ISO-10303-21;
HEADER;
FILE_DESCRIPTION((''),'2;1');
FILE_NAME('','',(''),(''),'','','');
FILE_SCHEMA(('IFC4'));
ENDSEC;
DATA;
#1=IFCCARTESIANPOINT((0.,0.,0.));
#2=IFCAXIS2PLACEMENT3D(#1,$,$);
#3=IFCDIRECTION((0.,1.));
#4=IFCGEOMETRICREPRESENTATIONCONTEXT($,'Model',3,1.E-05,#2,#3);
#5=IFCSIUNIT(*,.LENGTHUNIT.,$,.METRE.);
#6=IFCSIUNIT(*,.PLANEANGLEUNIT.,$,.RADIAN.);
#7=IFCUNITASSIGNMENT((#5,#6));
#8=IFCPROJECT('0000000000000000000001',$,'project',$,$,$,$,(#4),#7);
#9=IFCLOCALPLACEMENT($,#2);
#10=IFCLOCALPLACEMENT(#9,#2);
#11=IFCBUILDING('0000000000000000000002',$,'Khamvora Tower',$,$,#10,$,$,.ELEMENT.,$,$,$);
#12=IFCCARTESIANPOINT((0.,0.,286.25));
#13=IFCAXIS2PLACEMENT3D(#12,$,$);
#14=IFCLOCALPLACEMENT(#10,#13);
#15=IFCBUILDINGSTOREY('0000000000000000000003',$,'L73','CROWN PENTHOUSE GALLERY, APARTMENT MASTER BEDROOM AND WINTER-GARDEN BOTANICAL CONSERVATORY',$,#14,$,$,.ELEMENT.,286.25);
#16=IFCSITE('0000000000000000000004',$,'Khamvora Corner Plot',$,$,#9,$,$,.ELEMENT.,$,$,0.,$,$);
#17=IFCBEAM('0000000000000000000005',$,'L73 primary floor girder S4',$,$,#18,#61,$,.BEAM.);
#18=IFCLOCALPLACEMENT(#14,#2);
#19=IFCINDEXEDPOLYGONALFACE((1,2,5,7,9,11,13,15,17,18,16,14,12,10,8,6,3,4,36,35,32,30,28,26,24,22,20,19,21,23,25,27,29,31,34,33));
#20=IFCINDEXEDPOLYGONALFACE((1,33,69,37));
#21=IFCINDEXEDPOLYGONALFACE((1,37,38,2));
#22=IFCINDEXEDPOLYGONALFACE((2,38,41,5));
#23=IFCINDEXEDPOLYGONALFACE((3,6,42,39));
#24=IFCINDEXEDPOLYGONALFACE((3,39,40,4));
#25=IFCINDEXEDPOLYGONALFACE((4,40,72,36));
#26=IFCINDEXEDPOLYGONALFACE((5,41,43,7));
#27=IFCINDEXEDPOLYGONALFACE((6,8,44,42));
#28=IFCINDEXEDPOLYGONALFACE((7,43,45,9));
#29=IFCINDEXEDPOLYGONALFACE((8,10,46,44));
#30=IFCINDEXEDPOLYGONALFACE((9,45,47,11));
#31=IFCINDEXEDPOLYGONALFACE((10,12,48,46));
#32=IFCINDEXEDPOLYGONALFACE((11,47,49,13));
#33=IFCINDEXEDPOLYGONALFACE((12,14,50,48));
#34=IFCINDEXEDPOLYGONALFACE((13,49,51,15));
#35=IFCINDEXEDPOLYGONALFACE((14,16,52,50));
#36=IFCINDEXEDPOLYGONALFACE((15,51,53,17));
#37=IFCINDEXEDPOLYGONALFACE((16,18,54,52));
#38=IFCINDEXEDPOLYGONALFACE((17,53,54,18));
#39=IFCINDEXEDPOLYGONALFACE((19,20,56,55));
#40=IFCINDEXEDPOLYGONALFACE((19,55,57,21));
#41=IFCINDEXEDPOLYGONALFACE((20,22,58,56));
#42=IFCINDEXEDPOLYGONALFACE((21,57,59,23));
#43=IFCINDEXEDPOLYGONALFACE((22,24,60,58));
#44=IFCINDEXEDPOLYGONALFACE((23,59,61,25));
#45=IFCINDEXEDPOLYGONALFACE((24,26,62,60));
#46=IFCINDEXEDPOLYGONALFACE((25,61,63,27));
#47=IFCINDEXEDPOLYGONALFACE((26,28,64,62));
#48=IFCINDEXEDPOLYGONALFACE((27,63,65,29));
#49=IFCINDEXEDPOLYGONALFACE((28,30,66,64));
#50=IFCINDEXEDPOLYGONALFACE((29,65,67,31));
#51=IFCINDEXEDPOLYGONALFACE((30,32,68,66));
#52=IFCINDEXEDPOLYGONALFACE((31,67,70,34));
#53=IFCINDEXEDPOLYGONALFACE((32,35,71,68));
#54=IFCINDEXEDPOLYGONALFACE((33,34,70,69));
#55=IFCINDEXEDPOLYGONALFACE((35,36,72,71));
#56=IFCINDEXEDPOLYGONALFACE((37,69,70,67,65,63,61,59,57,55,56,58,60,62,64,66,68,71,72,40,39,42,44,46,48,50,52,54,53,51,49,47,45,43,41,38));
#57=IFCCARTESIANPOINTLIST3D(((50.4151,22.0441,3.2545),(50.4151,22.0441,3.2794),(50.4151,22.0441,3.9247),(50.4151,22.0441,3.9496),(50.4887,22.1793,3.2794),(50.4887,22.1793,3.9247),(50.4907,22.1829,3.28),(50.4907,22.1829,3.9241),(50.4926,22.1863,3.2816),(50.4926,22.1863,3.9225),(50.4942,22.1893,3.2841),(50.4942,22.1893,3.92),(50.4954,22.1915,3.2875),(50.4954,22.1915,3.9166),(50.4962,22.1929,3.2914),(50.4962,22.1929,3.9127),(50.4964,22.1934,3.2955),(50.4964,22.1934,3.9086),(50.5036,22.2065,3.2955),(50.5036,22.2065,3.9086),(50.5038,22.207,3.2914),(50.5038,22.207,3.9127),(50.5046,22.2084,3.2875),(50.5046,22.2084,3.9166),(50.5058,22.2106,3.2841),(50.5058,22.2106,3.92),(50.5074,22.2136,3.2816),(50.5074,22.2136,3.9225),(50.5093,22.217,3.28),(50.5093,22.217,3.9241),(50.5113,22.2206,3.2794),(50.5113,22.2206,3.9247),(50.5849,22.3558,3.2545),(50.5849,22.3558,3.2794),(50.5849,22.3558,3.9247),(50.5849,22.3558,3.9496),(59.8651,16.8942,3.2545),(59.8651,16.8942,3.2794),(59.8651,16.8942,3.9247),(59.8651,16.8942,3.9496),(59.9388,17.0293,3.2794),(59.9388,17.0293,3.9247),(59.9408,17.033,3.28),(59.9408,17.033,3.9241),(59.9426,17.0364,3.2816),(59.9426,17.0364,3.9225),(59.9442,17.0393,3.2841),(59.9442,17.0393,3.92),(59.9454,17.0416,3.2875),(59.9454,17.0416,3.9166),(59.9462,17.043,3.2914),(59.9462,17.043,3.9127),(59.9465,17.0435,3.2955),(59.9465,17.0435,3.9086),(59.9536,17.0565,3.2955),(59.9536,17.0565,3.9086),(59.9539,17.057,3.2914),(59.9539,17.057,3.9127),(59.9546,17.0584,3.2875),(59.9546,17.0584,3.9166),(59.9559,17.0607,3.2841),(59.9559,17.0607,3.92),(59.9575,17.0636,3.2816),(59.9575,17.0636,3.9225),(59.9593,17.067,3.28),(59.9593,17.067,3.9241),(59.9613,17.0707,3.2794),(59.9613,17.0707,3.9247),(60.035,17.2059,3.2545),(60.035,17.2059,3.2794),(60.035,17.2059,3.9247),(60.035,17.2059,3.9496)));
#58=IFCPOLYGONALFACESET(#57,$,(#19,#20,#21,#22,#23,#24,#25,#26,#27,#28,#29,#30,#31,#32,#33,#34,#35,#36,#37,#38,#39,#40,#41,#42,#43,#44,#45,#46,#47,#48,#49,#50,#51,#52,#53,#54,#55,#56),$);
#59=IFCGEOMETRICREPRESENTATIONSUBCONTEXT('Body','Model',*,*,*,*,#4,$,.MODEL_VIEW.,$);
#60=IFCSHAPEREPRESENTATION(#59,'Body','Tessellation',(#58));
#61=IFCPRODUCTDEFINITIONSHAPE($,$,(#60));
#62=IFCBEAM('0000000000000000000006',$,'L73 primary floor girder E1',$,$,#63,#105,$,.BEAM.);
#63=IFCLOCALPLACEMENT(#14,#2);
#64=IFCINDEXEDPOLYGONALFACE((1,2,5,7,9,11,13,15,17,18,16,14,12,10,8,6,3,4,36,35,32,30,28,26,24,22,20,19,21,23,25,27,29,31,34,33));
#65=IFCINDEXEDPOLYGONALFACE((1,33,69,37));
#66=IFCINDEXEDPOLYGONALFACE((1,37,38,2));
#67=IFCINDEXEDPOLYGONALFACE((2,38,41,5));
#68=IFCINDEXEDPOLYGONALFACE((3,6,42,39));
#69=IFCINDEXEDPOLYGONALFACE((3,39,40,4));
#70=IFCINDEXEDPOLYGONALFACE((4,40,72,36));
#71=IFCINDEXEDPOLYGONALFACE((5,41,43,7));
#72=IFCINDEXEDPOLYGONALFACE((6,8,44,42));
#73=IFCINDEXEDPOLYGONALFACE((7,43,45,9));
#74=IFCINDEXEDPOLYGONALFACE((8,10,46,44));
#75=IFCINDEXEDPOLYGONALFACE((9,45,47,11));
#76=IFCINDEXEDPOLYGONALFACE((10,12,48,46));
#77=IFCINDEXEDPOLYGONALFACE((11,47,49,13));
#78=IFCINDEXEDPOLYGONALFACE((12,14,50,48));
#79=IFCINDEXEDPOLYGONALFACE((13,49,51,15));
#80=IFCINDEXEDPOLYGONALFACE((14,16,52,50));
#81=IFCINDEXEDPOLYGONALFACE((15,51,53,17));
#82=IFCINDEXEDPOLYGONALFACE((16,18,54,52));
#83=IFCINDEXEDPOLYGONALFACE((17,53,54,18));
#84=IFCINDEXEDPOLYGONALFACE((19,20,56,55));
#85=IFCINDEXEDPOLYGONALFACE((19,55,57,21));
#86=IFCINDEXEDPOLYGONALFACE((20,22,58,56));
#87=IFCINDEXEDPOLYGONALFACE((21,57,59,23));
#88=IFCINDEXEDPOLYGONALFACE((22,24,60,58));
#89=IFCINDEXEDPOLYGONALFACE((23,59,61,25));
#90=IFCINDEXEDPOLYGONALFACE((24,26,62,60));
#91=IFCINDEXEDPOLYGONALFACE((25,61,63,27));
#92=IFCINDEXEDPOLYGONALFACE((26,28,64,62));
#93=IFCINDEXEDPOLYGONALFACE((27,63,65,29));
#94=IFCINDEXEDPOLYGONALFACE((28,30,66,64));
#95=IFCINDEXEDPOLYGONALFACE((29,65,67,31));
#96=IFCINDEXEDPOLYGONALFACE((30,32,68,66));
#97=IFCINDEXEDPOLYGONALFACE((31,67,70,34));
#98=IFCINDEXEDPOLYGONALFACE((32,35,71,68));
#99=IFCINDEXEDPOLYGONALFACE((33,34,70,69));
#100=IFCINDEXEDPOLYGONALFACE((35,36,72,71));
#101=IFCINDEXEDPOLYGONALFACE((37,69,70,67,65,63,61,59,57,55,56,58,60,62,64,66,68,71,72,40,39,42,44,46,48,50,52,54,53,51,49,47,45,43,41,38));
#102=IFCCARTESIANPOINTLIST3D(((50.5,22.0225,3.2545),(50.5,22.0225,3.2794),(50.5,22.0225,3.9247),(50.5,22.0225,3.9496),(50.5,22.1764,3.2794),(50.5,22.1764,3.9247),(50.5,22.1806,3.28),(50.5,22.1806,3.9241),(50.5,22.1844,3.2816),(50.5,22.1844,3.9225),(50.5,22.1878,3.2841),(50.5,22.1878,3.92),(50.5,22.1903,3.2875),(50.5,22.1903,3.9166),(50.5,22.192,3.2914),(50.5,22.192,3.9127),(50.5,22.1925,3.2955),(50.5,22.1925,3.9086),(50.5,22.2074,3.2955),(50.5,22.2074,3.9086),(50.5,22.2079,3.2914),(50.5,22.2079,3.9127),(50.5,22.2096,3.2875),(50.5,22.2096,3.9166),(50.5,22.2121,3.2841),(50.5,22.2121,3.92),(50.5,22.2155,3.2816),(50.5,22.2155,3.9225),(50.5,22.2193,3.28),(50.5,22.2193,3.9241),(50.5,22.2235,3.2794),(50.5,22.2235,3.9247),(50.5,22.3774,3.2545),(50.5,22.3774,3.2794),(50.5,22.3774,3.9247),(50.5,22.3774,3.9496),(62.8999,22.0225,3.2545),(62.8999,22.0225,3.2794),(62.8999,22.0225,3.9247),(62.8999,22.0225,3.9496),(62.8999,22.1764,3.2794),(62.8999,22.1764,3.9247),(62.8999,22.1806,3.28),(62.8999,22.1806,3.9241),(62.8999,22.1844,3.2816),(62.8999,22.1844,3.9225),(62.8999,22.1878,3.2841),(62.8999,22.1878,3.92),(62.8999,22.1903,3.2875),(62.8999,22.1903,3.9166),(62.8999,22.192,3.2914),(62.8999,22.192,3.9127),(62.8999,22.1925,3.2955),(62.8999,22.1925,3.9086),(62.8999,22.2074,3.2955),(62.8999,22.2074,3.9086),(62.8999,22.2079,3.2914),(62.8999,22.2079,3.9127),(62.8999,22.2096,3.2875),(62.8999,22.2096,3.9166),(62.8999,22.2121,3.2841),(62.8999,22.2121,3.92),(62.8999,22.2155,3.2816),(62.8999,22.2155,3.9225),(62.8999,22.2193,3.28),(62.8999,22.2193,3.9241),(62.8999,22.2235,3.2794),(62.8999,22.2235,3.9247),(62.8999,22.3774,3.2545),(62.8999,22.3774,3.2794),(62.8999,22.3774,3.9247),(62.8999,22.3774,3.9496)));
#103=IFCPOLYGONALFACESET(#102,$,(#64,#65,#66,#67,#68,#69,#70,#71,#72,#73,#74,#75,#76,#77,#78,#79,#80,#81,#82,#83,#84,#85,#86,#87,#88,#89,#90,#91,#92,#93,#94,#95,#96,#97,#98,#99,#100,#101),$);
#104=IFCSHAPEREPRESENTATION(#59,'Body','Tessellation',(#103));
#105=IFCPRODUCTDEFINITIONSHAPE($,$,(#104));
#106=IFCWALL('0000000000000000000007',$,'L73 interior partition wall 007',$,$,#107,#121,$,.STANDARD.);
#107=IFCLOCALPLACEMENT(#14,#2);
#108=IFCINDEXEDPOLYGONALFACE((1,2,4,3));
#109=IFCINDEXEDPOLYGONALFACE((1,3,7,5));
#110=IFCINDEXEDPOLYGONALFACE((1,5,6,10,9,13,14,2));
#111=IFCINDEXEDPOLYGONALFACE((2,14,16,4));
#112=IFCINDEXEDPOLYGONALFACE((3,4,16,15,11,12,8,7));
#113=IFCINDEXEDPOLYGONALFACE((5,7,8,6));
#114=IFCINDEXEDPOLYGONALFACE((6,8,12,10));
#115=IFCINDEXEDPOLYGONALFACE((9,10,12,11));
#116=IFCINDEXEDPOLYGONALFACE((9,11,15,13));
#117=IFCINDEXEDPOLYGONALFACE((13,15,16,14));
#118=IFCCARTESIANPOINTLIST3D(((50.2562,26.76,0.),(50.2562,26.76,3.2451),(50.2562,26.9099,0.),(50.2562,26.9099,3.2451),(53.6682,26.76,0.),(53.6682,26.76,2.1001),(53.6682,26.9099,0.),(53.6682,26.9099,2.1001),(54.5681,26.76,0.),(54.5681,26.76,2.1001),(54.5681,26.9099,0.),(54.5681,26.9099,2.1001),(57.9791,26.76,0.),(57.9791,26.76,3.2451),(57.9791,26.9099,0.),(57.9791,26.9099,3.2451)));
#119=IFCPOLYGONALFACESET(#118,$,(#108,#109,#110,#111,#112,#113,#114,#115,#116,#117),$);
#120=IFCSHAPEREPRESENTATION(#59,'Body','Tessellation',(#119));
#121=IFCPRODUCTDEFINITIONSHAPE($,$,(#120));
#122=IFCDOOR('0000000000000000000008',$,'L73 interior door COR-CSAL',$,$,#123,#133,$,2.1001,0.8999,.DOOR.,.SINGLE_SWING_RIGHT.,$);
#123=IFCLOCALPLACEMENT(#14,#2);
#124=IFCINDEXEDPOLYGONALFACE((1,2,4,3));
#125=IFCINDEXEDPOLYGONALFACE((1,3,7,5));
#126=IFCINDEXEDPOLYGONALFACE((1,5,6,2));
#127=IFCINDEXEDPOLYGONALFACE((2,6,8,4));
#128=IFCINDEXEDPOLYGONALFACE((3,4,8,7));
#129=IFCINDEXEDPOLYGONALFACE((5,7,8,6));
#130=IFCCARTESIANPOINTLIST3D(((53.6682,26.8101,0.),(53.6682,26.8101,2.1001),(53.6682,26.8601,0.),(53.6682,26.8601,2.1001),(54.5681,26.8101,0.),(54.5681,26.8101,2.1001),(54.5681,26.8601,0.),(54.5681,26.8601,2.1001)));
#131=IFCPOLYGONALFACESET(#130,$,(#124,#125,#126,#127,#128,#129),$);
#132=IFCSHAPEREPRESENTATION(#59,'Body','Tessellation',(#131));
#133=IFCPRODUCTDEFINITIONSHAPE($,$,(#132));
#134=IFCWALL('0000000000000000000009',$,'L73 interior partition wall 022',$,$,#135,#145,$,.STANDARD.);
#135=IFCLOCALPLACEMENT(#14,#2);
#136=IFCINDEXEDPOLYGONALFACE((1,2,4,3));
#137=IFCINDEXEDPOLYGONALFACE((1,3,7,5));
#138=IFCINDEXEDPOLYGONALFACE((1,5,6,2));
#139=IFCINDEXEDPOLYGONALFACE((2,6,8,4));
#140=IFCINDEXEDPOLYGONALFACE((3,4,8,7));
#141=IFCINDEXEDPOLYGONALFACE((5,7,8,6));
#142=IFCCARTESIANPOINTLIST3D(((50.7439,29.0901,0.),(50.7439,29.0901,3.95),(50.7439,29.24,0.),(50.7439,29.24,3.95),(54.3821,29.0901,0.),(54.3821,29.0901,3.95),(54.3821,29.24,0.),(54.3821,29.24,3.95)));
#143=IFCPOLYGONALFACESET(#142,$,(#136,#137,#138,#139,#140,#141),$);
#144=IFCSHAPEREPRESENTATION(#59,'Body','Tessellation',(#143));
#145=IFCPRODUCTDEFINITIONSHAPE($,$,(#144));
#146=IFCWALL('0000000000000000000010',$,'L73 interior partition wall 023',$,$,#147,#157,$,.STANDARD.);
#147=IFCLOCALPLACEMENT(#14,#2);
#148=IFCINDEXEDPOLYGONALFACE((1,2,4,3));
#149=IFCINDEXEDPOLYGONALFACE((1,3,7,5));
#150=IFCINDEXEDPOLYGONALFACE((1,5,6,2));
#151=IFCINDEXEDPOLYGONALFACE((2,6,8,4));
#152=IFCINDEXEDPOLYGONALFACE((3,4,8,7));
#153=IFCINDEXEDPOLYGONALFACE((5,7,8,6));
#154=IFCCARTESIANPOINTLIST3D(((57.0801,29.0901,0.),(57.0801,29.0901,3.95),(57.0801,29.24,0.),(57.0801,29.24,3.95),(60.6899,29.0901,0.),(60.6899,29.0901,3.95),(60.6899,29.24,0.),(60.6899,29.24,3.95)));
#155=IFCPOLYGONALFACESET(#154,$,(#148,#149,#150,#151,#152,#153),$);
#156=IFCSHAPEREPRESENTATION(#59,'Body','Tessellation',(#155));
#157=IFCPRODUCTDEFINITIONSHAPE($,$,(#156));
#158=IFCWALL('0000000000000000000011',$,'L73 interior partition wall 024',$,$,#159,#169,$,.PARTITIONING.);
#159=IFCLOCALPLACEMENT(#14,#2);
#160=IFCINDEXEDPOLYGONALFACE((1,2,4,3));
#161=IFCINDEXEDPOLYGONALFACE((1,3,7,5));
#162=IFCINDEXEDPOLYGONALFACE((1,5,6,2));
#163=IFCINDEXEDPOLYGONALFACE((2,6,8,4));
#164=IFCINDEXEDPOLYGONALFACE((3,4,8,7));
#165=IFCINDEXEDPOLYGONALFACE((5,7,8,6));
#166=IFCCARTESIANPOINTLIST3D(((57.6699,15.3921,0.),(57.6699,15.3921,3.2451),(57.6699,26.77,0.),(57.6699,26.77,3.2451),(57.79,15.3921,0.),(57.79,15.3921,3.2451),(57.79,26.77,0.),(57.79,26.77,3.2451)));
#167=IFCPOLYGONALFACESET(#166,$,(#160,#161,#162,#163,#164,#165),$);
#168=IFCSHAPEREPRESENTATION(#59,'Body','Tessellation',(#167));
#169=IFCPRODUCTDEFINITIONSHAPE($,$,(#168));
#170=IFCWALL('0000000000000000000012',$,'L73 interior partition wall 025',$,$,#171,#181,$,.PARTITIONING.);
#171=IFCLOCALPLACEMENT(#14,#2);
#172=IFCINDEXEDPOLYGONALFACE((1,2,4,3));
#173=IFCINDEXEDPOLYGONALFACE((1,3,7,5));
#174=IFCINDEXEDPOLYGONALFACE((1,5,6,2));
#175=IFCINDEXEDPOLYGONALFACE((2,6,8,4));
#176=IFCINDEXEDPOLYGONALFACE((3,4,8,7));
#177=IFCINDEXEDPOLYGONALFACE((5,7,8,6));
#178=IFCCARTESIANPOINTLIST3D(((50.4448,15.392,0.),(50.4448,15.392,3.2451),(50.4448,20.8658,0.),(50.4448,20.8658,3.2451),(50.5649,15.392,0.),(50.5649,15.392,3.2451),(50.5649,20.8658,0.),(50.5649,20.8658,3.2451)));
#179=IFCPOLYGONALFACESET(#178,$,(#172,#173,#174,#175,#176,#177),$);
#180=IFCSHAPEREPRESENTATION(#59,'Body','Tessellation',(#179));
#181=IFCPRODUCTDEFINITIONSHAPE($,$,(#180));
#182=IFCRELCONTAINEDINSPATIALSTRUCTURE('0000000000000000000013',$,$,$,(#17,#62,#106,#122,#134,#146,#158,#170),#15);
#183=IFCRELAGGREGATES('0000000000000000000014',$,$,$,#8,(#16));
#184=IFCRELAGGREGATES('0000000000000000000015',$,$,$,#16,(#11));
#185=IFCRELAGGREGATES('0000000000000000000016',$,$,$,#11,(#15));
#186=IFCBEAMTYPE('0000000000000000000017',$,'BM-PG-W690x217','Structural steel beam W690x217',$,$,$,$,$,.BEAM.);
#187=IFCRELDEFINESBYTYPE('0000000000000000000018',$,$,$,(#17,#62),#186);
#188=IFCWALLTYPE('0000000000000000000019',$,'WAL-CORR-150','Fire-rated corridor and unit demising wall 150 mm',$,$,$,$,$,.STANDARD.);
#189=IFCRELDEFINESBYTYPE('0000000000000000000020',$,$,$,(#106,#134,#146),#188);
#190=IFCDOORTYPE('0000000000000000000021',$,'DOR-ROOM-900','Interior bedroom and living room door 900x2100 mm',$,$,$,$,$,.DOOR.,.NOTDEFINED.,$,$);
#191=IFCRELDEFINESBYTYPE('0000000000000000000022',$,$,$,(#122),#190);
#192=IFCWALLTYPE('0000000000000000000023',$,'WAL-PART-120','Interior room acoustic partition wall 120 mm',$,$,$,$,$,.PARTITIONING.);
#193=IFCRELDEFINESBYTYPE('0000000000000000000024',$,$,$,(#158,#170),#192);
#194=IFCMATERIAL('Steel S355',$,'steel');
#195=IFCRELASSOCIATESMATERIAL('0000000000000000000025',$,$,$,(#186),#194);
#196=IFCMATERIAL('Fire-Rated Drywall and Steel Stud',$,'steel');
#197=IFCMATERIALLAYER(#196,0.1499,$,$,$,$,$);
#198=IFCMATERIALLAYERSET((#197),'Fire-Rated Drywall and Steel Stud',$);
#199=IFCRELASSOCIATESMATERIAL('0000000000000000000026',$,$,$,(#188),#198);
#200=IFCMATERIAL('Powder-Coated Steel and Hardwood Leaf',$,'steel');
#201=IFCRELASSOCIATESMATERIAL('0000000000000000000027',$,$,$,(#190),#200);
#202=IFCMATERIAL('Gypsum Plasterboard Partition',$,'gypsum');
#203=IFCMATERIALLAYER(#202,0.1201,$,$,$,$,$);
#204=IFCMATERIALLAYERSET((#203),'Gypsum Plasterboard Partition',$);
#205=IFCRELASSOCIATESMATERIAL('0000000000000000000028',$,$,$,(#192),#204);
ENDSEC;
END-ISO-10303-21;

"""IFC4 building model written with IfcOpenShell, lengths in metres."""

from ifc_helpers import new_model, si_unit, direction, frame, frame_2d, origin, origin_2d, place, context, subcontext, project, spatial, rectangle, i_section, extrude, material, layer, layer_set, material_profile, profile_set, type_object, element, fill, save


model = new_model("IFC4")

# Units and contexts
model_context = context("Model", 3, precision=1e-05, world=origin(), true_north=direction((0.0, 1.0)))
body_context = subcontext(model_context, "Body", "Model", "MODEL_VIEW")
ifc_project = project(units=[si_unit("LENGTHUNIT", "METRE"), si_unit("PLANEANGLEUNIT", "RADIAN")], contexts=[model_context])

# Site, building, storey
site_placement = place(None, origin())
site = spatial("IfcSite", under=ifc_project, at=site_placement, Name="Khamvora Corner Plot", CompositionType="ELEMENT", RefElevation=0.0)
building_placement = place(site_placement, origin())
building = spatial("IfcBuilding", under=site, at=building_placement, Name="Khamvora Tower", CompositionType="ELEMENT")
storey_placement = place(building_placement, frame((0.0, 0.0, 286.25)))
storey = spatial("IfcBuildingStorey", under=building, at=storey_placement, Name="L73", Description="CROWN PENTHOUSE GALLERY, APARTMENT MASTER BEDROOM AND WINTER-GARDEN BOTANICAL CONSERVATORY", CompositionType="ELEMENT", Elevation=286.25)

# Shared definitions
ifc_material_1 = material(Name="Steel S355", Category="steel")

# Beams
ifc_material_profile_1 = material_profile(ifc_material_1, i_section(OverallWidth=0.355, OverallDepth=0.6951, WebThickness=0.0149, FlangeThickness=0.0249, FilletRadius=0.0161, at=origin_2d()), Name="W690x217")
ifc_profile_set_1 = profile_set([ifc_material_profile_1], Name="Steel S355")
beam_type_1 = type_object("IfcBeamType", Name="BM-PG-W690x217", Description="Structural steel beam W690x217", PredefinedType="BEAM", material=ifc_profile_set_1)
beam_1_placement = place(storey_placement, frame((50.5, 22.2, 3.6021), z_axis=(0.878076, -0.478521, 0.0), x_axis=(0.478521, 0.878076, 0.0)))
element("IfcBeam", 1, at=beam_1_placement, inside=storey, type_object=beam_type_1, Name="L73 primary floor girder S4", PredefinedType="BEAM", context=body_context, shape_type="SweptSolid", body=[
    extrude(i_section(OverallWidth=0.355, OverallDepth=0.6951, WebThickness=0.0149, FlangeThickness=0.0249, FilletRadius=0.0161, at=origin_2d()), origin(), (0.0, 0.0, 1.0), 10.7622),
])
beam_2_placement = place(storey_placement, frame((50.5, 22.2, 3.6021), z_axis=(1.0, 0.0, 0.0), x_axis=(0.0, 1.0, 0.0)))
element("IfcBeam", 2, at=beam_2_placement, inside=storey, type_object=beam_type_1, Name="L73 primary floor girder E1", PredefinedType="BEAM", context=body_context, shape_type="SweptSolid", body=[
    extrude(i_section(OverallWidth=0.355, OverallDepth=0.6951, WebThickness=0.0149, FlangeThickness=0.0249, FilletRadius=0.0161, at=origin_2d()), origin(), (0.0, 0.0, 1.0), 12.3999),
])

# Wall, opening, door
ifc_material_2 = material(Name="Fire-Rated Drywall and Steel Stud", Category="steel")
ifc_layer_1 = layer(ifc_material_2, 0.1499)
ifc_layer_set_1 = layer_set([ifc_layer_1], Name="Fire-Rated Drywall and Steel Stud")
wall_type_1 = type_object("IfcWallType", Name="WAL-CORR-150", Description="Fire-rated corridor and unit demising wall 150 mm", PredefinedType="STANDARD", material=ifc_layer_set_1)
wall_1_placement = place(storey_placement, frame((57.979, 26.835, 0.0), z_axis=(0.0, 0.0, 1.0), x_axis=(-1.0, 0.0, 0.0)))
wall_1 = element("IfcWall", 3, at=wall_1_placement, inside=storey, type_object=wall_type_1, Name="L73 interior partition wall 007", PredefinedType="STANDARD", context=body_context, shape_type="SweptSolid", body=[
    extrude(rectangle(XDim=7.7229, YDim=0.1499, at=frame_2d((3.8613, 0.0))), origin(), (0.0, 0.0, 1.0), 3.2451),
])
opening_1_placement = place(wall_1_placement, frame((3.4109, 0.0, 0.0)))
opening_1 = element("IfcOpeningElement", 4, at=opening_1_placement, cuts=wall_1, PredefinedType="OPENING", context=body_context, shape_type="SweptSolid", body=[
    extrude(rectangle(XDim=0.8999, YDim=2.1001, at=frame_2d((0.45, 1.05))), frame((0.0, 0.085, 0.0), z_axis=(0.0, -1.0, 0.0), x_axis=(1.0, 0.0, 0.0)), (0.0, 0.0, 1.0), 0.1699),
])
ifc_material_3 = material(Name="Powder-Coated Steel and Hardwood Leaf", Category="steel")
door_type_1 = type_object("IfcDoorType", Name="DOR-ROOM-900", Description="Interior bedroom and living room door 900x2100 mm", OperationType="NOTDEFINED", PredefinedType="DOOR", material=ifc_material_3)
door_1_placement = place(opening_1_placement, origin())
door_1 = element("IfcDoor", 5, at=door_1_placement, inside=storey, type_object=door_type_1, Name="L73 interior door COR-CSAL", OperationType="SINGLE_SWING_RIGHT", OverallHeight=2.1001, OverallWidth=0.8999, PredefinedType="DOOR", context=body_context, shape_type="SweptSolid", body=[
    extrude(rectangle(XDim=0.8999, YDim=2.1001, at=frame_2d((0.45, 1.05))), frame((0.0, 0.0249, 0.0), z_axis=(0.0, -1.0, 0.0), x_axis=(1.0, 0.0, 0.0)), (0.0, 0.0, 1.0), 0.05),
])
fill(opening_1, door_1)

# Walls
wall_2_placement = place(storey_placement, frame((50.7439, 29.165, 0.0), z_axis=(0.0, 0.0, 1.0), x_axis=(1.0, 0.0, 0.0)))
element("IfcWall", 6, at=wall_2_placement, inside=storey, type_object=wall_type_1, Name="L73 interior partition wall 022", PredefinedType="STANDARD", context=body_context, shape_type="SweptSolid", body=[
    extrude(rectangle(XDim=3.6382, YDim=0.1499, at=frame_2d((1.8191, 0.0))), origin(), (0.0, 0.0, 1.0), 3.95),
])
wall_3_placement = place(storey_placement, frame((57.0801, 29.165, 0.0), z_axis=(0.0, 0.0, 1.0), x_axis=(1.0, 0.0, 0.0)))
element("IfcWall", 7, at=wall_3_placement, inside=storey, type_object=wall_type_1, Name="L73 interior partition wall 023", PredefinedType="STANDARD", context=body_context, shape_type="SweptSolid", body=[
    extrude(rectangle(XDim=3.6099, YDim=0.1499, at=frame_2d((1.8049, 0.0))), origin(), (0.0, 0.0, 1.0), 3.95),
])
ifc_material_4 = material(Name="Gypsum Plasterboard Partition", Category="gypsum")
ifc_layer_2 = layer(ifc_material_4, 0.1201)
ifc_layer_set_2 = layer_set([ifc_layer_2], Name="Gypsum Plasterboard Partition")
wall_type_2 = type_object("IfcWallType", Name="WAL-PART-120", Description="Interior room acoustic partition wall 120 mm", PredefinedType="PARTITIONING", material=ifc_layer_set_2)
wall_4_placement = place(storey_placement, frame((57.73, 26.77, 0.0), z_axis=(0.0, 0.0, 1.0), x_axis=(0.0, -1.0, 0.0)))
element("IfcWall", 8, at=wall_4_placement, inside=storey, type_object=wall_type_2, Name="L73 interior partition wall 024", PredefinedType="PARTITIONING", context=body_context, shape_type="SweptSolid", body=[
    extrude(rectangle(XDim=11.3779, YDim=0.1201, at=frame_2d((5.689, 0.0))), origin(), (0.0, 0.0, 1.0), 3.2451),
])
wall_5_placement = place(storey_placement, frame((50.5049, 15.3921, 0.0), z_axis=(0.0, 0.0, 1.0), x_axis=(0.0, 1.0, 0.0)))
element("IfcWall", 9, at=wall_5_placement, inside=storey, type_object=wall_type_2, Name="L73 interior partition wall 025", PredefinedType="PARTITIONING", context=body_context, shape_type="SweptSolid", body=[
    extrude(rectangle(XDim=5.4739, YDim=0.1201, at=frame_2d((2.7368, 0.0))), origin(), (0.0, 0.0, 1.0), 3.2451),
])

save(model, "model.ifc")
